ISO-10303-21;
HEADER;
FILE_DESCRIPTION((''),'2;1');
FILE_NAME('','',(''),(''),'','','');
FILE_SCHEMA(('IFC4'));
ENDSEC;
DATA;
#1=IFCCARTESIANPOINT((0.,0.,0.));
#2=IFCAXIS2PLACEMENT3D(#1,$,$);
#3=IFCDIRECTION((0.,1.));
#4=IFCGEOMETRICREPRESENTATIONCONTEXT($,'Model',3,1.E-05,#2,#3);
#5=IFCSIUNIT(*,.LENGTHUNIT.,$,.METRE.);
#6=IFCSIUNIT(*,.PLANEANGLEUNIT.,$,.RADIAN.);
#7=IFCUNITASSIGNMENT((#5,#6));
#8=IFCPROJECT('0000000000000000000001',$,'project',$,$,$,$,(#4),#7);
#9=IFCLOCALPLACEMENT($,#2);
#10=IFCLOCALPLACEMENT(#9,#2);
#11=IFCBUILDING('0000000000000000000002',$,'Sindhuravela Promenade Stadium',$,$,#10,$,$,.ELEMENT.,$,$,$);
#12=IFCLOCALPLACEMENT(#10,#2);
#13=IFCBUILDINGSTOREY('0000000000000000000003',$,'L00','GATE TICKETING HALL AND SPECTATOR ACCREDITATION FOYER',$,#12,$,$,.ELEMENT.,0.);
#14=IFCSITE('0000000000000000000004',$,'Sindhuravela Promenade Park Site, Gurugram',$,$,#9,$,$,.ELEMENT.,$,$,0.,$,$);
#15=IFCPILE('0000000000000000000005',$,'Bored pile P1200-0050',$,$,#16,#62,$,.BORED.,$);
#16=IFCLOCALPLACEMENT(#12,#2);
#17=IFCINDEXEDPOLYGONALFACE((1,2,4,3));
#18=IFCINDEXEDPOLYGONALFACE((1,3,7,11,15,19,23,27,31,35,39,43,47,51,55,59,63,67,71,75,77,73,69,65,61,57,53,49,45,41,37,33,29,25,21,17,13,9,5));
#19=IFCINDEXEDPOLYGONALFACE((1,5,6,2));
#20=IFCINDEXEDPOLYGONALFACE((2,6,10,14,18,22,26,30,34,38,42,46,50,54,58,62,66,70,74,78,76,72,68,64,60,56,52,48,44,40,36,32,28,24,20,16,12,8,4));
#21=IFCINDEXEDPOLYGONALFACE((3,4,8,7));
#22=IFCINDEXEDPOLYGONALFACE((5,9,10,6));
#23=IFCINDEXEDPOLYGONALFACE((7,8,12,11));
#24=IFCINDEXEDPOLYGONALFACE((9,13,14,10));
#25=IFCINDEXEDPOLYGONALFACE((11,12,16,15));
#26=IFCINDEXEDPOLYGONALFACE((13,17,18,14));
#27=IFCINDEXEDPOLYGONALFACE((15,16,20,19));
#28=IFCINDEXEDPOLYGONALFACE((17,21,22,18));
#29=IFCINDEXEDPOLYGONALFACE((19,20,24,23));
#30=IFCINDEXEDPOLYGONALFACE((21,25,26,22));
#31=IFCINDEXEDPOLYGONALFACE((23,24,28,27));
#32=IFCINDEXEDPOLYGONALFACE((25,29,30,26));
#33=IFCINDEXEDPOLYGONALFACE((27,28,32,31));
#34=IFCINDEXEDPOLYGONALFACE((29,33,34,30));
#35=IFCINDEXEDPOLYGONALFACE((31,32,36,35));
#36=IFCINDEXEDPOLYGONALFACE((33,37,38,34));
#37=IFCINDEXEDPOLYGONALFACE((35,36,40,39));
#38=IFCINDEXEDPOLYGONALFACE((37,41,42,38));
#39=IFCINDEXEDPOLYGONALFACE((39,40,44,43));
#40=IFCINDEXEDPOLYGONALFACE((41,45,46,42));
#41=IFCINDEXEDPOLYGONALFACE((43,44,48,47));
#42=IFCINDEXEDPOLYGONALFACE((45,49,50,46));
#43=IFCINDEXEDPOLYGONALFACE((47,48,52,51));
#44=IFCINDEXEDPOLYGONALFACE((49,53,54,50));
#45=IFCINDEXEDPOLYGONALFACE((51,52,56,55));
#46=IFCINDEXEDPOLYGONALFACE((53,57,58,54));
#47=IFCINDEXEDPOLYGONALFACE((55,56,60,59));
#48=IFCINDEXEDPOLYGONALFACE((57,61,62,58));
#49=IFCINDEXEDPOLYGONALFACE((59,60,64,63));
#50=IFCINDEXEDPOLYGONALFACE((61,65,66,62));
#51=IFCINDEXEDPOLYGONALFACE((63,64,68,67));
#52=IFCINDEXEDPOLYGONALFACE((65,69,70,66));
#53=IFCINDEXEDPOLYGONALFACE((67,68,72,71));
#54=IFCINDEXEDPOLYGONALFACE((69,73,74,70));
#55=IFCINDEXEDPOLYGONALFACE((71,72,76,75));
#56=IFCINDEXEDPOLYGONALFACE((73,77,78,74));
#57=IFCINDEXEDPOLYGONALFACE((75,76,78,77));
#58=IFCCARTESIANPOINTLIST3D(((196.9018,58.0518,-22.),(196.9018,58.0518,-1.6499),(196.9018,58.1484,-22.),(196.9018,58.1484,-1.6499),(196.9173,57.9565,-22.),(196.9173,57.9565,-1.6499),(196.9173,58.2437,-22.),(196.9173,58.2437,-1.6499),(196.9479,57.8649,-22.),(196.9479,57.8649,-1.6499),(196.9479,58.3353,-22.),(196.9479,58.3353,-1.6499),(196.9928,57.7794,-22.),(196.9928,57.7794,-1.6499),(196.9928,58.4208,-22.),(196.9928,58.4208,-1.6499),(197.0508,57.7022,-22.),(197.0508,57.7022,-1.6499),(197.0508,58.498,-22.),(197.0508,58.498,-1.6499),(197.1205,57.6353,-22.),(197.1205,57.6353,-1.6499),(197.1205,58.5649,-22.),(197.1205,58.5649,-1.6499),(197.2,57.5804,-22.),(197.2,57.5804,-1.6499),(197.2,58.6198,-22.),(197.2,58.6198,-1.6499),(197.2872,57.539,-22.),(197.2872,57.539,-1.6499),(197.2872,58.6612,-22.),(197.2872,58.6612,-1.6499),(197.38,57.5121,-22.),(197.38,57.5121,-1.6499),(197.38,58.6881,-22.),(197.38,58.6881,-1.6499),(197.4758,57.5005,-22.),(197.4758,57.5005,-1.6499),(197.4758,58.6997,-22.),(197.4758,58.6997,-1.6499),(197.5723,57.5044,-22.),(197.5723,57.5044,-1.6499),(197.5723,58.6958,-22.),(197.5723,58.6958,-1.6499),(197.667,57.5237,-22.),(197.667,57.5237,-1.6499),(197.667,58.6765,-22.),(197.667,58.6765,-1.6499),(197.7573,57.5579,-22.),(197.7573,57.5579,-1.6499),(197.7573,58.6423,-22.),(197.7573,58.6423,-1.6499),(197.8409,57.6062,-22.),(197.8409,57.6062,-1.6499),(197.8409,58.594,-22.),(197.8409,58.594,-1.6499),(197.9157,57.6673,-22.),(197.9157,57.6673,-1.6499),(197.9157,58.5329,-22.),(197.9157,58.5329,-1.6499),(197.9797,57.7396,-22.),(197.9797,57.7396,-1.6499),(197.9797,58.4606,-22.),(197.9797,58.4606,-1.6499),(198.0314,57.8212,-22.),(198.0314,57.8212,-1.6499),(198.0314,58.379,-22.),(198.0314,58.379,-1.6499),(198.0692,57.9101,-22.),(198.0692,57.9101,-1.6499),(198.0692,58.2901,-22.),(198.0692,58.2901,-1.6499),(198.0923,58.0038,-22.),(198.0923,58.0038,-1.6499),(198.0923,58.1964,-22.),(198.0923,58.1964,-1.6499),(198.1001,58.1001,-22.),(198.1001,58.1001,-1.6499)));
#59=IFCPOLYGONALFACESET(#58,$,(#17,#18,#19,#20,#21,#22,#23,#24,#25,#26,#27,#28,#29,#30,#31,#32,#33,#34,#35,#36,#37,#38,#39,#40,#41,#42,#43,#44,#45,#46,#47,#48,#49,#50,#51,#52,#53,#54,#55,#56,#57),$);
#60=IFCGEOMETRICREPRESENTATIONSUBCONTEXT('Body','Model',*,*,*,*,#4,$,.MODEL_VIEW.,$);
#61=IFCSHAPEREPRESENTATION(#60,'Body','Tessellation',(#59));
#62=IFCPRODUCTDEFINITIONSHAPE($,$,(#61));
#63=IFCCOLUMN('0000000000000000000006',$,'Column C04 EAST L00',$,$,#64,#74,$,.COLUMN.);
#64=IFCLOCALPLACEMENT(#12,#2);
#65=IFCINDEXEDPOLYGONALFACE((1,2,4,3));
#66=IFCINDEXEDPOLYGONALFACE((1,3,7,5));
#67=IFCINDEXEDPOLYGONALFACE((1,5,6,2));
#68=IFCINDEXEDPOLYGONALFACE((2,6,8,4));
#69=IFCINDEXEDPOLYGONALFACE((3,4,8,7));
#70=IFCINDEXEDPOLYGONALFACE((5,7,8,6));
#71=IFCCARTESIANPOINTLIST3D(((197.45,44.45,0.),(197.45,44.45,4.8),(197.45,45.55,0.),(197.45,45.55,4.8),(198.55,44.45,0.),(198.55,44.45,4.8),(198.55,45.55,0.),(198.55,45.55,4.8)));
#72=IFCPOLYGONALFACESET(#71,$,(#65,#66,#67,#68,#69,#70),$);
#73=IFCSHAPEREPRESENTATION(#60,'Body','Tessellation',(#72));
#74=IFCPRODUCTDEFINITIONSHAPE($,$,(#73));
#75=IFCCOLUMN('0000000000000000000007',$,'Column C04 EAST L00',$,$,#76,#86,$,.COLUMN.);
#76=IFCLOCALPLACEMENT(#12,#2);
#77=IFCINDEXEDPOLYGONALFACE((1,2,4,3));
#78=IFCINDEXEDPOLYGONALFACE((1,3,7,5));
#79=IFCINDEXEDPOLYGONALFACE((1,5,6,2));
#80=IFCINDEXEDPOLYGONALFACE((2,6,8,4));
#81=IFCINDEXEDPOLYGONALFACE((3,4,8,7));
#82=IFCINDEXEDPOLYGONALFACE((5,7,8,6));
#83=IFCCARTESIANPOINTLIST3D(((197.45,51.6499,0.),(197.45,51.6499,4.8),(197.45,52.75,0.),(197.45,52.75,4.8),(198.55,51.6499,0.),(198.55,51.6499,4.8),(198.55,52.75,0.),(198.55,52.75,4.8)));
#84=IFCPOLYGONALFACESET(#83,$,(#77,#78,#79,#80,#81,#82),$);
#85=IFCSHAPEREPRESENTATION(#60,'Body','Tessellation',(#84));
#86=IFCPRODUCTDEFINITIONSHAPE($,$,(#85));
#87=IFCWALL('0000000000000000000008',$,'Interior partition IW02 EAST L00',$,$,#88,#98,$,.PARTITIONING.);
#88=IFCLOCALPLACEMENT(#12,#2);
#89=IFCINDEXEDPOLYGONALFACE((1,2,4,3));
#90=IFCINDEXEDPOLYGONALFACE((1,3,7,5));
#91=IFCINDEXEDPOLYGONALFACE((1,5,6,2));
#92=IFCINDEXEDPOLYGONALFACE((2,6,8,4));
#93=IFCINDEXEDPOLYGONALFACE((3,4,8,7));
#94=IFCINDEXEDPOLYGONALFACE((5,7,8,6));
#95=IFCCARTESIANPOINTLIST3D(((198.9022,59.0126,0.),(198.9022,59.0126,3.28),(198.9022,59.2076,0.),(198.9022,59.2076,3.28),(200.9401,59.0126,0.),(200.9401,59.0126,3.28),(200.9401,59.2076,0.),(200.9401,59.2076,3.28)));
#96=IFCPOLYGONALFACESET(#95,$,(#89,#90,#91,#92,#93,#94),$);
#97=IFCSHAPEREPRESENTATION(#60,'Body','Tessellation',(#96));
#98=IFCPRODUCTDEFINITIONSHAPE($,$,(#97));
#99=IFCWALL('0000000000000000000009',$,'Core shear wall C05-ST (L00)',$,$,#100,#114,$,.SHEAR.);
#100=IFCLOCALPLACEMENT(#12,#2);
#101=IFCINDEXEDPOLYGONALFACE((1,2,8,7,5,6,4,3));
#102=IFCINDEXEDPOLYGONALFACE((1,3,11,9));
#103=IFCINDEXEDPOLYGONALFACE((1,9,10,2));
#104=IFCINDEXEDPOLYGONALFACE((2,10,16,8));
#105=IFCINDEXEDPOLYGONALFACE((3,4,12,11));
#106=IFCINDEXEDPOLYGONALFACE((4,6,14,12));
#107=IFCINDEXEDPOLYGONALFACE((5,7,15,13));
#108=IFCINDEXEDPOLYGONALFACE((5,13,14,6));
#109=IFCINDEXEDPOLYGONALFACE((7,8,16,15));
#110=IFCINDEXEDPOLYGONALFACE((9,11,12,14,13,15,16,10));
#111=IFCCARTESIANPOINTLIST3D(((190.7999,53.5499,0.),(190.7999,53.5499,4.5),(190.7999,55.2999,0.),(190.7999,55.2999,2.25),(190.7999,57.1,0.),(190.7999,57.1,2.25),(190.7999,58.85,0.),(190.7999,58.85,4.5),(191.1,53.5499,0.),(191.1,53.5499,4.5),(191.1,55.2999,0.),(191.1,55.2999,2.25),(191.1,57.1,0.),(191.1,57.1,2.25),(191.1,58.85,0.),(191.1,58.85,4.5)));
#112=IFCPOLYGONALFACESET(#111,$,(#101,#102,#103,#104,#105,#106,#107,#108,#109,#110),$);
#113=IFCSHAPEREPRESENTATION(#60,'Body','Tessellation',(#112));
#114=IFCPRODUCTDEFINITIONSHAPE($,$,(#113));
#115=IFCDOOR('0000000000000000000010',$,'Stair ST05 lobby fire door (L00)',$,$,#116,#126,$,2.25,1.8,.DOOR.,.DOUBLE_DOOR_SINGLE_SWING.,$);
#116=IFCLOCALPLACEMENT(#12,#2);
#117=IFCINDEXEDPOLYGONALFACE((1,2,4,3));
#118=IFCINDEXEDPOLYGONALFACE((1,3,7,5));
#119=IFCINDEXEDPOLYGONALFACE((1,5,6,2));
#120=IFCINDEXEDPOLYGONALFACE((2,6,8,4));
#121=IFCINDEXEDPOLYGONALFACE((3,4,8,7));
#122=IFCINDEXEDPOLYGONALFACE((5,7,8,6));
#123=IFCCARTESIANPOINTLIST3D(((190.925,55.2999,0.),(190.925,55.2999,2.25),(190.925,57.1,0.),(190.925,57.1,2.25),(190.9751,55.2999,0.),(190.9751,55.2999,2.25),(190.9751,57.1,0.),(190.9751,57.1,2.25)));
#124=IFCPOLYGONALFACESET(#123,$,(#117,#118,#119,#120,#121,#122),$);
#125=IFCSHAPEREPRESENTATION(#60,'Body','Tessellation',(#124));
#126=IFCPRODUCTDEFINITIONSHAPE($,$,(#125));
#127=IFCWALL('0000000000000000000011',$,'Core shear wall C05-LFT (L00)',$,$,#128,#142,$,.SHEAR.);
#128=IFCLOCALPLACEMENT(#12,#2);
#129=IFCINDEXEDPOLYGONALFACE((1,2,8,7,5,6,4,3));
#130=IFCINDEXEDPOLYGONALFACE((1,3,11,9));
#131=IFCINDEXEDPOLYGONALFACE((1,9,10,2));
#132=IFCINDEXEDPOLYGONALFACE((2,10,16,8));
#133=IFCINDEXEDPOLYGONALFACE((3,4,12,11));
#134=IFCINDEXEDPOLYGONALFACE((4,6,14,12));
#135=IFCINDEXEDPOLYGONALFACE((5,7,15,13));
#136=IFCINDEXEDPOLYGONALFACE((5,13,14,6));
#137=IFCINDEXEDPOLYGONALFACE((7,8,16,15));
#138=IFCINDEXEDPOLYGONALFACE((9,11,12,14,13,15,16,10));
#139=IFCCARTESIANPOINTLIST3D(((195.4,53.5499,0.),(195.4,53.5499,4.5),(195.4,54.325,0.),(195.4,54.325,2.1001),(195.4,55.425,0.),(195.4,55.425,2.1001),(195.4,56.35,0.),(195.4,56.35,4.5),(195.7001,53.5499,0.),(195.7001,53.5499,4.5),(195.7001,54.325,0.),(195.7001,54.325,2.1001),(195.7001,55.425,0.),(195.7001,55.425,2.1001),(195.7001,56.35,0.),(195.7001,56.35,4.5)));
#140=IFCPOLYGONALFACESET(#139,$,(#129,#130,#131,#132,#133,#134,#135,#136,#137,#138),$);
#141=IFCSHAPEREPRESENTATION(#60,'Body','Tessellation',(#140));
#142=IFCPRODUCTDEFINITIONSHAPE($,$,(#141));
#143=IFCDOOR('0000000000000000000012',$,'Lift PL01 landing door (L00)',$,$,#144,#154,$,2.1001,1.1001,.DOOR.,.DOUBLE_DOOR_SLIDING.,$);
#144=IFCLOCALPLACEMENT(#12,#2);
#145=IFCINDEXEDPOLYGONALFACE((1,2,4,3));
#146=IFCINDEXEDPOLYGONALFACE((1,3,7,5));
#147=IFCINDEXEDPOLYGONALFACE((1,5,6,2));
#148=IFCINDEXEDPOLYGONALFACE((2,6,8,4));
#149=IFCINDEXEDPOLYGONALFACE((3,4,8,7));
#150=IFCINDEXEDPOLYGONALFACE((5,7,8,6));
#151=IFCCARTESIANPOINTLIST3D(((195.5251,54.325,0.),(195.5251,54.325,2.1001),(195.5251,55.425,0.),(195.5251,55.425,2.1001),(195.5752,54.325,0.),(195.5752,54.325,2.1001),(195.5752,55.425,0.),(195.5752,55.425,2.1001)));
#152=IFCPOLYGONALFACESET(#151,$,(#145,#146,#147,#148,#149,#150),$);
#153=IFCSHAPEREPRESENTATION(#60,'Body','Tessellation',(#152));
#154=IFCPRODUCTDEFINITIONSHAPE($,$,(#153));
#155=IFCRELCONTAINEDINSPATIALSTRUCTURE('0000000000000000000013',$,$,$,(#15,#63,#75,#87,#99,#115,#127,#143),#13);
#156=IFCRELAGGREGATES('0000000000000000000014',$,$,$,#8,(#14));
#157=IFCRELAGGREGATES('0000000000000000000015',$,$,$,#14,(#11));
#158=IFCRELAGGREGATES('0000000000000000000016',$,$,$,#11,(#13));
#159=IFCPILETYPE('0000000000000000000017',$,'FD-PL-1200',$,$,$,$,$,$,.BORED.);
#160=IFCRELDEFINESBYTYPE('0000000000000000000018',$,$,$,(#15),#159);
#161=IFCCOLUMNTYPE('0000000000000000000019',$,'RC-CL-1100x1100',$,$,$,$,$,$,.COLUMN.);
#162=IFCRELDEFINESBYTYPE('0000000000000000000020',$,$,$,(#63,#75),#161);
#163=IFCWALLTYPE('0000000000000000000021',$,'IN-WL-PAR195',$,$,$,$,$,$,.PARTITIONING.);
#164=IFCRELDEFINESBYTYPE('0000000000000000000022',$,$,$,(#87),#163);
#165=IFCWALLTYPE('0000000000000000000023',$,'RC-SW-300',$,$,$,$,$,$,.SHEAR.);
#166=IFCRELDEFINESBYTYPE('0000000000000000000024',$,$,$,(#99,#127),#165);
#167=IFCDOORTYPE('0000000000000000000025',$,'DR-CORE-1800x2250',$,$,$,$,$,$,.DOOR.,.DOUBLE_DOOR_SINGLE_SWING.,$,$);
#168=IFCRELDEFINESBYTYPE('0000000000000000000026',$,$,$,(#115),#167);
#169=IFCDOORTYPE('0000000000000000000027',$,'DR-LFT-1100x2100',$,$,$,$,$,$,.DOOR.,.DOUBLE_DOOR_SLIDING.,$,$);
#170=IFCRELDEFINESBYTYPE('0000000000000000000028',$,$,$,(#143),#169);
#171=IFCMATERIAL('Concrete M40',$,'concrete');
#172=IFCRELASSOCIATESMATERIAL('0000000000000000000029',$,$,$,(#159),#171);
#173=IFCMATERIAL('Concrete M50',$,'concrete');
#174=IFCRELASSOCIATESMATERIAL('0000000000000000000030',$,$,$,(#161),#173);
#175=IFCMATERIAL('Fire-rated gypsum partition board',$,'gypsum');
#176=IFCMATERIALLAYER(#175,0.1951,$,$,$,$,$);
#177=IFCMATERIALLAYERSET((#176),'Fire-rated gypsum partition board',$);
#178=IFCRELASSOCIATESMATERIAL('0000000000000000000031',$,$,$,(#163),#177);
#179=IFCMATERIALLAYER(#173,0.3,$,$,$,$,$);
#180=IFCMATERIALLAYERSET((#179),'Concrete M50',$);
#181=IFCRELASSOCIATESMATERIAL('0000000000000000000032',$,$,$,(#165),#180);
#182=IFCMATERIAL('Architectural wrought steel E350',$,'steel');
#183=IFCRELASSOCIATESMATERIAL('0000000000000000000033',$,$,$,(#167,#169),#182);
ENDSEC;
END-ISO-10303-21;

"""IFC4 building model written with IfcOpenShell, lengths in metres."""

from ifc_helpers import new_model, si_unit, direction, frame, frame_2d, origin, origin_2d, place, context, subcontext, project, spatial, rectangle, circle, extrude, material, layer, layer_set, material_profile, profile_set, type_object, element, fill, save


model = new_model("IFC4")

# Units and contexts
model_context = context("Model", 3, precision=1e-05, world=origin(), true_north=direction((0.0, 1.0)))
body_context = subcontext(model_context, "Body", "Model", "MODEL_VIEW")
ifc_project = project(units=[si_unit("LENGTHUNIT", "METRE"), si_unit("PLANEANGLEUNIT", "RADIAN")], contexts=[model_context])

# Site, building, storey
site_placement = place(None, origin())
site = spatial("IfcSite", under=ifc_project, at=site_placement, Name="Sindhuravela Promenade Park Site, Gurugram", CompositionType="ELEMENT", RefElevation=0.0)
building_placement = place(site_placement, origin())
building = spatial("IfcBuilding", under=site, at=building_placement, Name="Sindhuravela Promenade Stadium", CompositionType="ELEMENT")
storey_placement = place(building_placement, origin())
storey = spatial("IfcBuildingStorey", under=building, at=storey_placement, Name="L00", Description="GATE TICKETING HALL AND SPECTATOR ACCREDITATION FOYER", CompositionType="ELEMENT", Elevation=0.0)

# Shared definitions
ifc_material_1 = material(Name="Concrete M40", Category="concrete")
ifc_material_2 = material(Name="Concrete M50", Category="concrete")

# Pile
ifc_material_profile_1 = material_profile(ifc_material_1, circle(Radius=0.6001, at=origin_2d()), Name="BORED PILE D1200")
ifc_profile_set_1 = profile_set([ifc_material_profile_1], Name="Concrete M40")
pile_type_1 = type_object("IfcPileType", Name="FD-PL-1200", PredefinedType="BORED", material=ifc_profile_set_1)
for number, where, z_axis, x_axis, name in (
    (1, (197.5, 58.1001, -1.6499), (0.0, 0.0, -1.0), (1.0, 0.0, 0.0), "Bored pile P1200-0050"),
):
    element("IfcPile", number, at=place(storey_placement, frame(where, z_axis=z_axis, x_axis=x_axis)), inside=storey, type_object=pile_type_1, Name=name, PredefinedType="BORED", context=body_context, shape_type="SweptSolid", body=[
        extrude(circle(Radius=0.6001, at=origin_2d()), origin(), (0.0, 0.0, 1.0), 20.3501),
    ])

# Columns
ifc_material_profile_2 = material_profile(ifc_material_2, rectangle(XDim=1.1001, YDim=1.1001, at=origin_2d()), Name="RC 1100x1100")
ifc_profile_set_2 = profile_set([ifc_material_profile_2], Name="Concrete M50")
column_type = type_object("IfcColumnType", Name="RC-CL-1100x1100", PredefinedType="COLUMN", material=ifc_profile_set_2)
for number, where, z_axis, x_axis, name in (
    (2, (198.0, 45.0, 0.0), (0.0, 0.0, 1.0), (1.0, 0.0, 0.0), "Column C04 EAST L00"),
    (3, (198.0, 52.2, 0.0), (0.0, 0.0, 1.0), (1.0, 0.0, 0.0), "Column C04 EAST L00"),
):
    element("IfcColumn", number, at=place(storey_placement, frame(where, z_axis=z_axis, x_axis=x_axis)), inside=storey, type_object=column_type, Name=name, PredefinedType="COLUMN", context=body_context, shape_type="SweptSolid", body=[
        extrude(rectangle(XDim=1.1001, YDim=1.1001, at=origin_2d()), origin(), (0.0, 0.0, 1.0), 4.8),
    ])

# Wall
ifc_material_3 = material(Name="Fire-rated gypsum partition board", Category="gypsum")
ifc_layer_1 = layer(ifc_material_3, 0.1951)
ifc_layer_set_1 = layer_set([ifc_layer_1], Name="Fire-rated gypsum partition board")
wall_type_1 = type_object("IfcWallType", Name="IN-WL-PAR195", PredefinedType="PARTITIONING", material=ifc_layer_set_1)
wall_1_placement = place(storey_placement, frame((198.9021, 59.1101, 0.0), z_axis=(0.0, 0.0, 1.0), x_axis=(1.0, 0.0, 0.0)))
element("IfcWall", 4, at=wall_1_placement, inside=storey, type_object=wall_type_1, Name="Interior partition IW02 EAST L00", PredefinedType="PARTITIONING", context=body_context, shape_type="SweptSolid", body=[
    extrude(rectangle(XDim=2.0378, YDim=0.1951, at=frame_2d((1.019, 0.0))), origin(), (0.0, 0.0, 1.0), 3.28),
])

# Walls, openings, doors
ifc_layer_2 = layer(ifc_material_2, 0.3)
ifc_layer_set_2 = layer_set([ifc_layer_2], Name="Concrete M50")
wall_type_2 = type_object("IfcWallType", Name="RC-SW-300", PredefinedType="SHEAR", material=ifc_layer_set_2)
wall_2_placement = place(storey_placement, frame((190.95, 53.55, 0.0), z_axis=(0.0, 0.0, 1.0), x_axis=(0.0, 1.0, 0.0)))
wall_2 = element("IfcWall", 5, at=wall_2_placement, inside=storey, type_object=wall_type_2, Name="Core shear wall C05-ST (L00)", PredefinedType="SHEAR", context=body_context, shape_type="SweptSolid", body=[
    extrude(rectangle(XDim=5.3, YDim=0.3, at=frame_2d((2.6499, 0.0))), origin(), (0.0, 0.0, 1.0), 4.5),
])
opening_1_placement = place(wall_2_placement, frame((1.75, 0.0, 0.0)))
opening_1 = element("IfcOpeningElement", 6, at=opening_1_placement, cuts=wall_2, PredefinedType="OPENING", context=body_context, shape_type="SweptSolid", body=[
    extrude(rectangle(XDim=1.8, YDim=2.25, at=frame_2d((0.8999, 1.125))), frame((0.0, 0.1599, 0.0), z_axis=(0.0, -1.0, 0.0), x_axis=(1.0, 0.0, 0.0)), (0.0, 0.0, 1.0), 0.3201),
])
ifc_material_4 = material(Name="Architectural wrought steel E350", Category="steel")
door_type_1 = type_object("IfcDoorType", Name="DR-CORE-1800x2250", OperationType="DOUBLE_DOOR_SINGLE_SWING", PredefinedType="DOOR", material=ifc_material_4)
door_1_placement = place(opening_1_placement, origin())
door_1 = element("IfcDoor", 7, at=door_1_placement, inside=storey, type_object=door_type_1, Name="Stair ST05 lobby fire door (L00)", OperationType="DOUBLE_DOOR_SINGLE_SWING", OverallHeight=2.25, OverallWidth=1.8, PredefinedType="DOOR", context=body_context, shape_type="SweptSolid", body=[
    extrude(rectangle(XDim=1.8, YDim=2.25, at=frame_2d((0.8999, 1.125))), frame((0.0, 0.0249, 0.0), z_axis=(0.0, -1.0, 0.0), x_axis=(1.0, 0.0, 0.0)), (0.0, 0.0, 1.0), 0.05),
])
fill(opening_1, door_1)
wall_3_placement = place(storey_placement, frame((195.55, 53.55, 0.0), z_axis=(0.0, 0.0, 1.0), x_axis=(0.0, 1.0, 0.0)))
wall_3 = element("IfcWall", 8, at=wall_3_placement, inside=storey, type_object=wall_type_2, Name="Core shear wall C05-LFT (L00)", PredefinedType="SHEAR", context=body_context, shape_type="SweptSolid", body=[
    extrude(rectangle(XDim=2.8, YDim=0.3, at=frame_2d((1.3999, 0.0))), origin(), (0.0, 0.0, 1.0), 4.5),
])
opening_2_placement = place(wall_3_placement, frame((0.7749, 0.0, 0.0)))
opening_2 = element("IfcOpeningElement", 9, at=opening_2_placement, cuts=wall_3, PredefinedType="OPENING", context=body_context, shape_type="SweptSolid", body=[
    extrude(rectangle(XDim=1.1001, YDim=2.1001, at=frame_2d((0.55, 1.05))), frame((0.0, 0.1599, 0.0), z_axis=(0.0, -1.0, 0.0), x_axis=(1.0, 0.0, 0.0)), (0.0, 0.0, 1.0), 0.3201),
])
door_type_2 = type_object("IfcDoorType", Name="DR-LFT-1100x2100", OperationType="DOUBLE_DOOR_SLIDING", PredefinedType="DOOR", material=ifc_material_4)
door_2_placement = place(opening_2_placement, origin())
door_2 = element("IfcDoor", 10, at=door_2_placement, inside=storey, type_object=door_type_2, Name="Lift PL01 landing door (L00)", OperationType="DOUBLE_DOOR_SLIDING", OverallHeight=2.1001, OverallWidth=1.1001, PredefinedType="DOOR", context=body_context, shape_type="SweptSolid", body=[
    extrude(rectangle(XDim=1.1001, YDim=2.1001, at=frame_2d((0.55, 1.05))), frame((0.0, 0.0249, 0.0), z_axis=(0.0, -1.0, 0.0), x_axis=(1.0, 0.0, 0.0)), (0.0, 0.0, 1.0), 0.05),
])
fill(opening_2, door_2)

save(model, "model.ifc")
